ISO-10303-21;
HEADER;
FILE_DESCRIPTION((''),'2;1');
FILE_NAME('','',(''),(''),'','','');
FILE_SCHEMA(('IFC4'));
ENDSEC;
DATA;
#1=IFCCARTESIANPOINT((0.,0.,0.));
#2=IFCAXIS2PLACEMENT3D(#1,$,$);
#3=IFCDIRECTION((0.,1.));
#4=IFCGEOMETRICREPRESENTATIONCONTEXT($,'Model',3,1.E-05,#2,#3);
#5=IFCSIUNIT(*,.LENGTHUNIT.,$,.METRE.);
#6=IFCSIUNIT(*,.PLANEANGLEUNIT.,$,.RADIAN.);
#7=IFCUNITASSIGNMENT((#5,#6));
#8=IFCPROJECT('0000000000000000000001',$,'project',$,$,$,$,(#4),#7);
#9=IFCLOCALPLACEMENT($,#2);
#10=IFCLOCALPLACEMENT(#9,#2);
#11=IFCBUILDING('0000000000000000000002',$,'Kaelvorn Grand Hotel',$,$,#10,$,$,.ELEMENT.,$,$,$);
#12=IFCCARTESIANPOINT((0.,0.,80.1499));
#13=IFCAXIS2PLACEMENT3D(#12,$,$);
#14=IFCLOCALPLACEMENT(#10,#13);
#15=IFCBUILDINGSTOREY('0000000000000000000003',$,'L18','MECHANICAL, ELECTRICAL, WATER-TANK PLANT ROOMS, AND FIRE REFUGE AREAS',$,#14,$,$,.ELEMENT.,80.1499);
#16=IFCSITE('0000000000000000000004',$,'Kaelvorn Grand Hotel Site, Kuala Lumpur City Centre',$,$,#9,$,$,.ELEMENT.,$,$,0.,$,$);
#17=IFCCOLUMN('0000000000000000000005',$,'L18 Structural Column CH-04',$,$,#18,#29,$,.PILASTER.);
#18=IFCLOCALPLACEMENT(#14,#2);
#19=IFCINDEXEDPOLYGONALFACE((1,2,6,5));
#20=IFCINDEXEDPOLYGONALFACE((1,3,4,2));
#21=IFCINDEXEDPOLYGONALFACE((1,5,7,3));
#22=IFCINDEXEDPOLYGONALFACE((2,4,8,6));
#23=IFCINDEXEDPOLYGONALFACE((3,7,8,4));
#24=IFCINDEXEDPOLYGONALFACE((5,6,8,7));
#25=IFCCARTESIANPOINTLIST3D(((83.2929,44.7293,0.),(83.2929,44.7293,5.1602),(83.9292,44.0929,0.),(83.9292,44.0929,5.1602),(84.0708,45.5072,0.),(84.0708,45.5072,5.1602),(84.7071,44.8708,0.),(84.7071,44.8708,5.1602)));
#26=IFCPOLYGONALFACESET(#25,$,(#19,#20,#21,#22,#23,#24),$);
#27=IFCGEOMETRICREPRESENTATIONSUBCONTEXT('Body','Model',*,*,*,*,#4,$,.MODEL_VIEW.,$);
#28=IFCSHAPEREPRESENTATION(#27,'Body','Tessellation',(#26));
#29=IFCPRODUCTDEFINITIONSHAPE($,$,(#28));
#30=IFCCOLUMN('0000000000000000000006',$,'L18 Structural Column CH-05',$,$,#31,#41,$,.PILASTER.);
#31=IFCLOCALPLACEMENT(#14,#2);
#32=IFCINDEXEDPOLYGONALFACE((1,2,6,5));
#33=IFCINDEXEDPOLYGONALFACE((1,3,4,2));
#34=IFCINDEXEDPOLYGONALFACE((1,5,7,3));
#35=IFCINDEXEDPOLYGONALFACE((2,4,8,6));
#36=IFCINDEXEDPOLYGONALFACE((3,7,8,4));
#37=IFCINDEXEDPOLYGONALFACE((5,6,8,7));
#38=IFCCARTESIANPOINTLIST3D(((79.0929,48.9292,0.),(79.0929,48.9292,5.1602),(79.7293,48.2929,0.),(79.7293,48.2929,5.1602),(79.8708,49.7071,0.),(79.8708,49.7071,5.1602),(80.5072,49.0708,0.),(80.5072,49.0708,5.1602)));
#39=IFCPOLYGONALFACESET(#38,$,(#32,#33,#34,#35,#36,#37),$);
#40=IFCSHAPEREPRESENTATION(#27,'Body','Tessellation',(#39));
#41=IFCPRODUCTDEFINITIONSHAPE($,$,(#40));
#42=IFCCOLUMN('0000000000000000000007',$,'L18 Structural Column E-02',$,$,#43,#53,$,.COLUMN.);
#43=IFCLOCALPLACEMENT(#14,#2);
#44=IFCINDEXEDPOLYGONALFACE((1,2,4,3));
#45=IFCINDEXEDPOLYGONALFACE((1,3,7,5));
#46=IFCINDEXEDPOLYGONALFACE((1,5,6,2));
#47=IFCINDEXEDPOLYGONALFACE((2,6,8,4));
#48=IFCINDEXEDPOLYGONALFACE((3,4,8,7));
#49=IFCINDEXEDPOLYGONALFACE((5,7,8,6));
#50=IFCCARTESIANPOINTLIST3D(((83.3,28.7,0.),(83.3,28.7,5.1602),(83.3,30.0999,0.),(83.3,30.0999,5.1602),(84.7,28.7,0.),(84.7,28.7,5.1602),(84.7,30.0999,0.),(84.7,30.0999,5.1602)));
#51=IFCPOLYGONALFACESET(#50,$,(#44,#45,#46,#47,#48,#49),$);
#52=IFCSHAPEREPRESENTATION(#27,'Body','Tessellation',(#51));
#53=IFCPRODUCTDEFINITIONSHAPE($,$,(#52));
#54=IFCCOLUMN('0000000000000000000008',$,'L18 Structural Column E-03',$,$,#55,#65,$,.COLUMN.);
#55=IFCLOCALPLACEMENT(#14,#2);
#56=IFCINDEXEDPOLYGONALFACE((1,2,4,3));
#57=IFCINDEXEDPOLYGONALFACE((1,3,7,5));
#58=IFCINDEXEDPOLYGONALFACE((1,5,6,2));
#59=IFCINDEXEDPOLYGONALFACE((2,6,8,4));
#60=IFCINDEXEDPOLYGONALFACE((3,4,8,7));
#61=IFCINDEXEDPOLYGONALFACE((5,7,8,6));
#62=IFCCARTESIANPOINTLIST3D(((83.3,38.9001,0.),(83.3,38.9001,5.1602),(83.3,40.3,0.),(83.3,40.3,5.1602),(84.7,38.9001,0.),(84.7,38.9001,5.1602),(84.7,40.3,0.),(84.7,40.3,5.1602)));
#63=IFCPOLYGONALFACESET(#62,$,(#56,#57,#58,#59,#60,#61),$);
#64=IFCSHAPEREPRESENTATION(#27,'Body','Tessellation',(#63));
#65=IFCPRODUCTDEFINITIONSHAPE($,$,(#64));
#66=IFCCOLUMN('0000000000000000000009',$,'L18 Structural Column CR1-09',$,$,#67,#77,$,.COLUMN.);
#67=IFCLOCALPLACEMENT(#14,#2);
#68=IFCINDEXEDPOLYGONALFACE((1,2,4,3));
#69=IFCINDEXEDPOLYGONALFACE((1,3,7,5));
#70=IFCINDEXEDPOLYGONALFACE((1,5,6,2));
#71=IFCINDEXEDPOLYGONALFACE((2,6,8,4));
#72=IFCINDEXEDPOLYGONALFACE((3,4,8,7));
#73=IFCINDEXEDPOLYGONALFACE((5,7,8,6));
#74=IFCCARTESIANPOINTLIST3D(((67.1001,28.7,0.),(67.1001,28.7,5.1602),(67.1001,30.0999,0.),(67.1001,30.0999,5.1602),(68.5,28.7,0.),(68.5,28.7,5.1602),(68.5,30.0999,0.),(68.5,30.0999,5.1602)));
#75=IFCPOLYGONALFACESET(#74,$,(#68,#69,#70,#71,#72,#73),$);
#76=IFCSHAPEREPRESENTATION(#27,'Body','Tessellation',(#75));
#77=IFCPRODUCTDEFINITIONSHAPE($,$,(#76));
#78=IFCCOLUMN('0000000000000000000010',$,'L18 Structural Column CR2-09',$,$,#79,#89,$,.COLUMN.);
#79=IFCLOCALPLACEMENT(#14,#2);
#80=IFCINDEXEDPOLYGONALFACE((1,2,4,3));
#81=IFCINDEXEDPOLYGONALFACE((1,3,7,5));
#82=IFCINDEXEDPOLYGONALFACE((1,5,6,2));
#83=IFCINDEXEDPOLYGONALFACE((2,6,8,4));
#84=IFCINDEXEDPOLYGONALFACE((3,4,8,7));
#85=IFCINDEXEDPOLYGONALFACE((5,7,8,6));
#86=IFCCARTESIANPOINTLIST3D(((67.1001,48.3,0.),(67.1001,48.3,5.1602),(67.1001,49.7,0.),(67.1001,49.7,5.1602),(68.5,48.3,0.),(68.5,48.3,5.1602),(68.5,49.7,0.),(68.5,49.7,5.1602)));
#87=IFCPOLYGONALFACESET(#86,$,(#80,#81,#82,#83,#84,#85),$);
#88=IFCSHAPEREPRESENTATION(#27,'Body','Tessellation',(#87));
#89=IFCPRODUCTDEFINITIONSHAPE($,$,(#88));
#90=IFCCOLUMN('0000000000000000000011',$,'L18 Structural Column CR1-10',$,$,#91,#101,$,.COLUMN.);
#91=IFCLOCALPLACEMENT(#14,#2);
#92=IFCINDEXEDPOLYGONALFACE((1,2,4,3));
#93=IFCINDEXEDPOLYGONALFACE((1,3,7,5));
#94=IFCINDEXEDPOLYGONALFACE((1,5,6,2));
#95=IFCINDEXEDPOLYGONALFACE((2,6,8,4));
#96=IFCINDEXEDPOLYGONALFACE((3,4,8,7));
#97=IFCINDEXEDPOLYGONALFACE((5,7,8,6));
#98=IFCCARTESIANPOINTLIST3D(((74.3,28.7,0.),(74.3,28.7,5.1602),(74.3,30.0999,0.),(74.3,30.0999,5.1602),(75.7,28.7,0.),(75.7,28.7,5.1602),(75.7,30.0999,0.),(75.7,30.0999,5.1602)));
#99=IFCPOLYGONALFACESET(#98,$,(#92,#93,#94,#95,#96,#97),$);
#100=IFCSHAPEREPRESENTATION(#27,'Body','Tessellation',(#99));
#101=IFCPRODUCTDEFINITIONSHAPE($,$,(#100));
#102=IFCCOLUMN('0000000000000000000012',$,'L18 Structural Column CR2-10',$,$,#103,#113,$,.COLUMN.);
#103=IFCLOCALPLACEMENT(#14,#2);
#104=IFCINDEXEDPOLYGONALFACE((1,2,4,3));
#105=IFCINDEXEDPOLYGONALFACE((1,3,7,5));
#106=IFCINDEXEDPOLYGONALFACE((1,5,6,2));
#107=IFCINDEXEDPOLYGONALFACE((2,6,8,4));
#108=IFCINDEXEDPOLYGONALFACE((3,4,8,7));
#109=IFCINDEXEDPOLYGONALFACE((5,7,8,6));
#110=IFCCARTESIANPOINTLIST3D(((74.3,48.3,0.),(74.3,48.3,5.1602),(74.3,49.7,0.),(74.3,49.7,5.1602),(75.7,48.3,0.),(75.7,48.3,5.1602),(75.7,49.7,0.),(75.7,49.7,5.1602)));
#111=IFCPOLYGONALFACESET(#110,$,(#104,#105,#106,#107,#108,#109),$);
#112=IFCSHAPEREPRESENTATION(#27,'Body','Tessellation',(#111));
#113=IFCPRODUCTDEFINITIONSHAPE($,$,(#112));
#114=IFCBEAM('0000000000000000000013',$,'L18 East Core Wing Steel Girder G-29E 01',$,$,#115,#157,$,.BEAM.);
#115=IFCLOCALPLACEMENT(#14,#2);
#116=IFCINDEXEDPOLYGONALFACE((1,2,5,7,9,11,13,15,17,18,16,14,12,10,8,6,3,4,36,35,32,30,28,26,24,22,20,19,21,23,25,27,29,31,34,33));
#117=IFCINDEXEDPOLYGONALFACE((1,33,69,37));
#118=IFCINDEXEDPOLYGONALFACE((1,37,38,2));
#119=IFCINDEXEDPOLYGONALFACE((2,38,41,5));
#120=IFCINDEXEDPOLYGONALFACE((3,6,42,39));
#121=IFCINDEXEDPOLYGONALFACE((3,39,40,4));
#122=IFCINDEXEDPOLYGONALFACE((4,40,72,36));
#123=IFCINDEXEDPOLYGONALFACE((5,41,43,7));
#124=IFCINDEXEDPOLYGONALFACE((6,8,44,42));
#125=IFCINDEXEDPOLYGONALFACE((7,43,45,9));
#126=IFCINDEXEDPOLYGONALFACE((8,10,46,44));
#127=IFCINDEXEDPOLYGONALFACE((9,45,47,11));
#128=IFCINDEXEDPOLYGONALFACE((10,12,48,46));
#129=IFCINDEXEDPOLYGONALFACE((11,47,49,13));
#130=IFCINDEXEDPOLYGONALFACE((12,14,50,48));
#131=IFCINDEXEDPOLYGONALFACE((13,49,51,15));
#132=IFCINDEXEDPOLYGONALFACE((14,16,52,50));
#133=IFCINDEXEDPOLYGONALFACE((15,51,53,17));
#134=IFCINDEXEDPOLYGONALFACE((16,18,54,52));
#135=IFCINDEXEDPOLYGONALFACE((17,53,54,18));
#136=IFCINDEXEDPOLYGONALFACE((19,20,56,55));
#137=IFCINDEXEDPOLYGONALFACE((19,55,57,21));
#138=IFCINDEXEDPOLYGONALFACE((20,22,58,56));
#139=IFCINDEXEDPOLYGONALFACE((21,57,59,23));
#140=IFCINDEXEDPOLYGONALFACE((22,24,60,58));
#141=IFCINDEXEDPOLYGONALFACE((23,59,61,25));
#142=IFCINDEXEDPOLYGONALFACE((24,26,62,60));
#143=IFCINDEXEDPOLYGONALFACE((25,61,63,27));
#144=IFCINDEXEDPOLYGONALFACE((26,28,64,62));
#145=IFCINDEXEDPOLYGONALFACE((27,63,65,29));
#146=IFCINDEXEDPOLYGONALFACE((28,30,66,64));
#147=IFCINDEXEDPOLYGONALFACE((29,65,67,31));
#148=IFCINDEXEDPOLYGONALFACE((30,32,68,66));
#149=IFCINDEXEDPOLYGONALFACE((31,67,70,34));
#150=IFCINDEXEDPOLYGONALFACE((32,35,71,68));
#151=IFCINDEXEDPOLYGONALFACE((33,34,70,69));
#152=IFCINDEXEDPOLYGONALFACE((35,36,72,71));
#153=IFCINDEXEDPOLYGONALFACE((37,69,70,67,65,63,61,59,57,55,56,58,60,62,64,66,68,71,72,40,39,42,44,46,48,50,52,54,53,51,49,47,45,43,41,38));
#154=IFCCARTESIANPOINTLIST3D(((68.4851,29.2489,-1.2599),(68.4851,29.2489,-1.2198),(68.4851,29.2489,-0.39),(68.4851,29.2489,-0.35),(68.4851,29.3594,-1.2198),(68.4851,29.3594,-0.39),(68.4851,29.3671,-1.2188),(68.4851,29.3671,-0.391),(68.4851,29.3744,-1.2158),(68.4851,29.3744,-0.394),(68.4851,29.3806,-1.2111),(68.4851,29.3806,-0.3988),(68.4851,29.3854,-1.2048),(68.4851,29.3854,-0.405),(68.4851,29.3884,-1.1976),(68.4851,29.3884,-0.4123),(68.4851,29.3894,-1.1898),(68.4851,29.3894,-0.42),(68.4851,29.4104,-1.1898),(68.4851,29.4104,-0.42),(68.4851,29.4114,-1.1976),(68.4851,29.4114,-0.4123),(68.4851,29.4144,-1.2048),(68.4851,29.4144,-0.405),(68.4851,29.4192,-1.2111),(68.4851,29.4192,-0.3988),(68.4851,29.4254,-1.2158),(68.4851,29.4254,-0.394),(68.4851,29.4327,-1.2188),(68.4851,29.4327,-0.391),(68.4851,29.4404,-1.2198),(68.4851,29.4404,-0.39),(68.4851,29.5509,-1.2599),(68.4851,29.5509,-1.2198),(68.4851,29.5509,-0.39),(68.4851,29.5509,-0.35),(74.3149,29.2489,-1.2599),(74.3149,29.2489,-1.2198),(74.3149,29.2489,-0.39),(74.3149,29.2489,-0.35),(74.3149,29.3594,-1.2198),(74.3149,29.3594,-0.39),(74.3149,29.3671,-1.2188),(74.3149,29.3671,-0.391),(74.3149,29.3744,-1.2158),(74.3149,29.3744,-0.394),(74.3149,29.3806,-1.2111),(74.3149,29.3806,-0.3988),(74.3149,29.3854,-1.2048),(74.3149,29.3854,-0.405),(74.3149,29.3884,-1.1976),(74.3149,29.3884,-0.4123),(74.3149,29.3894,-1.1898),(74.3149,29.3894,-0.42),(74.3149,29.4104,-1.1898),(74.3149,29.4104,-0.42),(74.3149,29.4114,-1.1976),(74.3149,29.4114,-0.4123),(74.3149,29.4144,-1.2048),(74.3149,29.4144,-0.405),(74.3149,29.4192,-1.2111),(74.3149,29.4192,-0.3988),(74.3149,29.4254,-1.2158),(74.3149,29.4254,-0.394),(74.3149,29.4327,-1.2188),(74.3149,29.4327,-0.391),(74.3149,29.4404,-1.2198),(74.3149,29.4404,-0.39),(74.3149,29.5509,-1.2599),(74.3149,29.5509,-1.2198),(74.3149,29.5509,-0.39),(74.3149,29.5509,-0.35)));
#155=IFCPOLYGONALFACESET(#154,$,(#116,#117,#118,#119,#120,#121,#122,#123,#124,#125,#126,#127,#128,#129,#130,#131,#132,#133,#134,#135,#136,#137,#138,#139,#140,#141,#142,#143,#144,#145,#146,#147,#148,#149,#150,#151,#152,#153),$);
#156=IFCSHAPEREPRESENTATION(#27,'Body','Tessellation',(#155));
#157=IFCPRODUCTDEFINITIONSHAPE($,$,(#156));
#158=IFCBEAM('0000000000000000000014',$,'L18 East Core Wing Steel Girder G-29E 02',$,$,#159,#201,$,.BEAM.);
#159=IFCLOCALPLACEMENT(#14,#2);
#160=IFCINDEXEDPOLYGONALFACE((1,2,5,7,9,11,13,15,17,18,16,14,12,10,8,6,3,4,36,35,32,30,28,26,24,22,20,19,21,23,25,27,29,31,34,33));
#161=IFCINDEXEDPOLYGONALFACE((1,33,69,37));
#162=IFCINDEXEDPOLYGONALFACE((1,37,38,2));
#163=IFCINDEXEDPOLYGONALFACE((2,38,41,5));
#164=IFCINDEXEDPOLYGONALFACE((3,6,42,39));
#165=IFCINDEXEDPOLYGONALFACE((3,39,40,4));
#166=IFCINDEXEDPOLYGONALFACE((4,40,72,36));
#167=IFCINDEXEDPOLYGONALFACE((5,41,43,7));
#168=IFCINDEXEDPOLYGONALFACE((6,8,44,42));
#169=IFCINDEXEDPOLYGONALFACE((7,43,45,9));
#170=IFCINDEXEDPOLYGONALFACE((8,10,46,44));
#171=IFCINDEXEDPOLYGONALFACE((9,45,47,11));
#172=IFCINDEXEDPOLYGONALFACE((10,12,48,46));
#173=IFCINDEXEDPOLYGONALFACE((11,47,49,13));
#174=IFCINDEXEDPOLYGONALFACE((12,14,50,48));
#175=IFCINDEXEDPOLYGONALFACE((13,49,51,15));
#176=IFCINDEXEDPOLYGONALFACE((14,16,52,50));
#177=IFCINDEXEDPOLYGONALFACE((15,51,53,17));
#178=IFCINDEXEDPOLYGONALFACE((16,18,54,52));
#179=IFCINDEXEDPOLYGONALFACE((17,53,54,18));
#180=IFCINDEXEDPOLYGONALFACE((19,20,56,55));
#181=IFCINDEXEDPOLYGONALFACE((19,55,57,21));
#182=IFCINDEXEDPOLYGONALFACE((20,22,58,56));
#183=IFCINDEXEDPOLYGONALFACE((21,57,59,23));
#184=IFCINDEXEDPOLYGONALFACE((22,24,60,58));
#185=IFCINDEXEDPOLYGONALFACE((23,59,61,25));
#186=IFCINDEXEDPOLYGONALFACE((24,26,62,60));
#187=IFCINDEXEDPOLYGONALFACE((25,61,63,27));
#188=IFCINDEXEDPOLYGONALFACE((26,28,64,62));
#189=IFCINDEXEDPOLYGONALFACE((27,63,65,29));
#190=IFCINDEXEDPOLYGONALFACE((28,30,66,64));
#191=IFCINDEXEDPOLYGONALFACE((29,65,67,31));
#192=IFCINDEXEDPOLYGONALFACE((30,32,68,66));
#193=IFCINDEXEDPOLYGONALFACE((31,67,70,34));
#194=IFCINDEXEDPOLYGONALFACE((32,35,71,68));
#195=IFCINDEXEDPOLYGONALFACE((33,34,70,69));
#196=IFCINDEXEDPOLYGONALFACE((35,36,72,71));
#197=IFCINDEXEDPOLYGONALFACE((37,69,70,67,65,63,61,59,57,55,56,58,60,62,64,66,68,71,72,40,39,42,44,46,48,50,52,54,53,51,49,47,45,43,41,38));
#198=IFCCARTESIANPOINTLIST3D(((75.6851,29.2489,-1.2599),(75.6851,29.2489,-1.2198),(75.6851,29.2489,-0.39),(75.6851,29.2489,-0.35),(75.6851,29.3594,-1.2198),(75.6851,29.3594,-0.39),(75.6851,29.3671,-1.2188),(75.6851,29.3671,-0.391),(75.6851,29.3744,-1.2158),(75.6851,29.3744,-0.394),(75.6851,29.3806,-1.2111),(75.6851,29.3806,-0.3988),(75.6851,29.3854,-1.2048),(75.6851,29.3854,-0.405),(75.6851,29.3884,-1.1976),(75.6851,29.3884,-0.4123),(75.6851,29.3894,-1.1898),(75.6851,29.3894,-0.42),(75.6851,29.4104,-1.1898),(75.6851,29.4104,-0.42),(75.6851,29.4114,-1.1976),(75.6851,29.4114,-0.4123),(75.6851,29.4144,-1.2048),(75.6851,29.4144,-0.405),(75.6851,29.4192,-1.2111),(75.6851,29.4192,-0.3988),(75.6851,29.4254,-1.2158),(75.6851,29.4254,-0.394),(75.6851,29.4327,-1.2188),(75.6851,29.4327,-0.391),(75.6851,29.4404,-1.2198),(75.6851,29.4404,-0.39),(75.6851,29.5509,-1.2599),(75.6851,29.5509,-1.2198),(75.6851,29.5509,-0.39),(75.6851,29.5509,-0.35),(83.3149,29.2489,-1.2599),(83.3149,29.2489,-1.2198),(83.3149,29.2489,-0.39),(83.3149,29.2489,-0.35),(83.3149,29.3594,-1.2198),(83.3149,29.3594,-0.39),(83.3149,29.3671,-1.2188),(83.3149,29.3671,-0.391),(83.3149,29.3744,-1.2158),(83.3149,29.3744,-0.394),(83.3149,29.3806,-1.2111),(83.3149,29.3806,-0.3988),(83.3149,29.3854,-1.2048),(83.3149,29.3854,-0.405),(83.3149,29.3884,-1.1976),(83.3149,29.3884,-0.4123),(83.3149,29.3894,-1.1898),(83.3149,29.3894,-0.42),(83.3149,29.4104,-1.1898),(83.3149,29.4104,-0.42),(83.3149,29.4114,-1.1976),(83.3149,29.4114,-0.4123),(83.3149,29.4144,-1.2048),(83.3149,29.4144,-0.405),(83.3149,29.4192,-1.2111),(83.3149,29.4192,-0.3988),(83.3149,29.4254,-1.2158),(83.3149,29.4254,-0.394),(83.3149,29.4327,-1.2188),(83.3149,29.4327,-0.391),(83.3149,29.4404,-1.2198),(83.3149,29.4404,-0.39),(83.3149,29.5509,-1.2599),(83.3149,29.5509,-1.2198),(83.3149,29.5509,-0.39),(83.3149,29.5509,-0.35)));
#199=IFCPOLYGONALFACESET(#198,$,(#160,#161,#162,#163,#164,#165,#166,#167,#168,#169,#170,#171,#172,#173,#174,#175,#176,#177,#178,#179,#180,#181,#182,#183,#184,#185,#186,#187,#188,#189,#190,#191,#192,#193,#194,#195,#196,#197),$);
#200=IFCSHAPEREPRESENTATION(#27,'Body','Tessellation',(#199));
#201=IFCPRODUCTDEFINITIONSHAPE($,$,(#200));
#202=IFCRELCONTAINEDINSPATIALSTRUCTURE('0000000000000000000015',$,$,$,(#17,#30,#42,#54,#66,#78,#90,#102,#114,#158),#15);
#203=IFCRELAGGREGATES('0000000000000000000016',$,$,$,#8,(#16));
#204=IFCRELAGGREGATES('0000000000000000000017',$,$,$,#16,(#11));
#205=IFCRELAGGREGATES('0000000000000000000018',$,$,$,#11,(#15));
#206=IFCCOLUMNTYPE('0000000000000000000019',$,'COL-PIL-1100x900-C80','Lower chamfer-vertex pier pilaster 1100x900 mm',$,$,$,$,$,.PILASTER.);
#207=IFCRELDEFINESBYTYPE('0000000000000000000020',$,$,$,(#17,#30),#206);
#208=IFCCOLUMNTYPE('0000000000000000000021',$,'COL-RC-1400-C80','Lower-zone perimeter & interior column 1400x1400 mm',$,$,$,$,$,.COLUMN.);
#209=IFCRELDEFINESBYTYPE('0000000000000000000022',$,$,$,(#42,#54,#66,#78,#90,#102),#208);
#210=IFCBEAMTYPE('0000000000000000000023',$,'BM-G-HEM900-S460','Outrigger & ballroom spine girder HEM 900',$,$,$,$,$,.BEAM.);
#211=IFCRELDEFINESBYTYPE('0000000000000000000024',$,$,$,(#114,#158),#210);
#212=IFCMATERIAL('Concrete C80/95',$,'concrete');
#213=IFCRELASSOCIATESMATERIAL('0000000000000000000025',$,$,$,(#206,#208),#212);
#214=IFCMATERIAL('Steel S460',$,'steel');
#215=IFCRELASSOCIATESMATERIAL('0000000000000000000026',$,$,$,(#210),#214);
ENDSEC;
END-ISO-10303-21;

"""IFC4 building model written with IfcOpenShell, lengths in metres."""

from ifc_helpers import new_model, si_unit, direction, frame, origin, origin_2d, place, context, subcontext, project, spatial, rectangle, i_section, extrude, material, material_profile, profile_set, type_object, element, save


model = new_model("IFC4")

# Units and contexts
model_context = context("Model", 3, precision=1e-05, world=origin(), true_north=direction((0.0, 1.0)))
body_context = subcontext(model_context, "Body", "Model", "MODEL_VIEW")
ifc_project = project(units=[si_unit("LENGTHUNIT", "METRE"), si_unit("PLANEANGLEUNIT", "RADIAN")], contexts=[model_context])

# Site, building, storey
site_placement = place(None, origin())
site = spatial("IfcSite", under=ifc_project, at=site_placement, Name="Kaelvorn Grand Hotel Site, Kuala Lumpur City Centre", CompositionType="ELEMENT", RefElevation=0.0)
building_placement = place(site_placement, origin())
building = spatial("IfcBuilding", under=site, at=building_placement, Name="Kaelvorn Grand Hotel", CompositionType="ELEMENT")
storey_placement = place(building_placement, frame((0.0, 0.0, 80.1499)))
storey = spatial("IfcBuildingStorey", under=building, at=storey_placement, Name="L18", Description="MECHANICAL, ELECTRICAL, WATER-TANK PLANT ROOMS, AND FIRE REFUGE AREAS", CompositionType="ELEMENT", Elevation=80.1499)

# Columns
ifc_material_1 = material(Name="Concrete C80/95", Category="concrete")
ifc_material_profile_1 = material_profile(ifc_material_1, rectangle(XDim=1.1001, YDim=0.8999, at=origin_2d()), Name="RC PILASTER 1100x900")
ifc_profile_set_1 = profile_set([ifc_material_profile_1], Name="Concrete C80/95")
column_type_1 = type_object("IfcColumnType", Name="COL-PIL-1100x900-C80", Description="Lower chamfer-vertex pier pilaster 1100x900 mm", PredefinedType="PILASTER", material=ifc_profile_set_1)
for number, where, z_axis, x_axis, name in (
    (1, (84.0, 44.8, 0.0), (0.0, 0.0, 1.0), (0.707107, 0.707107, 0.0), "L18 Structural Column CH-04"),
    (2, (79.8, 49.0, 0.0), (0.0, 0.0, 1.0), (0.707107, 0.707107, 0.0), "L18 Structural Column CH-05"),
):
    element("IfcColumn", number, at=place(storey_placement, frame(where, z_axis=z_axis, x_axis=x_axis)), inside=storey, type_object=column_type_1, Name=name, PredefinedType="PILASTER", context=body_context, shape_type="SweptSolid", body=[
        extrude(rectangle(XDim=1.1001, YDim=0.8999, at=origin_2d()), origin(), (0.0, 0.0, 1.0), 5.1602),
    ])
ifc_material_profile_2 = material_profile(ifc_material_1, rectangle(XDim=1.3999, YDim=1.3999, at=origin_2d()), Name="RC COL 1400x1400")
ifc_profile_set_2 = profile_set([ifc_material_profile_2], Name="Concrete C80/95")
column_type_2 = type_object("IfcColumnType", Name="COL-RC-1400-C80", Description="Lower-zone perimeter & interior column 1400x1400 mm", PredefinedType="COLUMN", material=ifc_profile_set_2)
for number, where, z_axis, x_axis, name in (
    (3, (84.0, 29.3999, 0.0), (0.0, 0.0, 1.0), (1.0, 0.0, 0.0), "L18 Structural Column E-02"),
    (4, (84.0, 39.6001, 0.0), (0.0, 0.0, 1.0), (1.0, 0.0, 0.0), "L18 Structural Column E-03"),
    (5, (67.8, 29.3999, 0.0), (0.0, 0.0, 1.0), (1.0, 0.0, 0.0), "L18 Structural Column CR1-09"),
    (6, (67.8, 49.0, 0.0), (0.0, 0.0, 1.0), (1.0, 0.0, 0.0), "L18 Structural Column CR2-09"),
    (7, (75.0, 29.3999, 0.0), (0.0, 0.0, 1.0), (1.0, 0.0, 0.0), "L18 Structural Column CR1-10"),
    (8, (75.0, 49.0, 0.0), (0.0, 0.0, 1.0), (1.0, 0.0, 0.0), "L18 Structural Column CR2-10"),
):
    element("IfcColumn", number, at=place(storey_placement, frame(where, z_axis=z_axis, x_axis=x_axis)), inside=storey, type_object=column_type_2, Name=name, PredefinedType="COLUMN", context=body_context, shape_type="SweptSolid", body=[
        extrude(rectangle(XDim=1.3999, YDim=1.3999, at=origin_2d()), origin(), (0.0, 0.0, 1.0), 5.1602),
    ])

# Beams
ifc_material_2 = material(Name="Steel S460", Category="steel")
ifc_material_profile_3 = material_profile(ifc_material_2, i_section(OverallWidth=0.302, OverallDepth=0.9099, WebThickness=0.021, FlangeThickness=0.04, FilletRadius=0.03, at=origin_2d()), Name="HEM 900")
ifc_profile_set_3 = profile_set([ifc_material_profile_3], Name="Steel S460")
beam_type_1 = type_object("IfcBeamType", Name="BM-G-HEM900-S460", Description="Outrigger & ballroom spine girder HEM 900", PredefinedType="BEAM", material=ifc_profile_set_3)
beam_1_placement = place(storey_placement, frame((68.4851, 29.3999, -0.8049), z_axis=(1.0, 0.0, 0.0), x_axis=(0.0, 1.0, 0.0)))
element("IfcBeam", 9, at=beam_1_placement, inside=storey, type_object=beam_type_1, Name="L18 East Core Wing Steel Girder G-29E 01", PredefinedType="BEAM", context=body_context, shape_type="SweptSolid", body=[
    extrude(i_section(OverallWidth=0.302, OverallDepth=0.9099, WebThickness=0.021, FlangeThickness=0.04, FilletRadius=0.03, at=origin_2d()), origin(), (0.0, 0.0, 1.0), 5.8298),
])
beam_2_placement = place(storey_placement, frame((75.6851, 29.3999, -0.8049), z_axis=(1.0, 0.0, 0.0), x_axis=(0.0, 1.0, 0.0)))
element("IfcBeam", 10, at=beam_2_placement, inside=storey, type_object=beam_type_1, Name="L18 East Core Wing Steel Girder G-29E 02", PredefinedType="BEAM", context=body_context, shape_type="SweptSolid", body=[
    extrude(i_section(OverallWidth=0.302, OverallDepth=0.9099, WebThickness=0.021, FlangeThickness=0.04, FilletRadius=0.03, at=origin_2d()), origin(), (0.0, 0.0, 1.0), 7.6299),
])

save(model, "model.ifc")
